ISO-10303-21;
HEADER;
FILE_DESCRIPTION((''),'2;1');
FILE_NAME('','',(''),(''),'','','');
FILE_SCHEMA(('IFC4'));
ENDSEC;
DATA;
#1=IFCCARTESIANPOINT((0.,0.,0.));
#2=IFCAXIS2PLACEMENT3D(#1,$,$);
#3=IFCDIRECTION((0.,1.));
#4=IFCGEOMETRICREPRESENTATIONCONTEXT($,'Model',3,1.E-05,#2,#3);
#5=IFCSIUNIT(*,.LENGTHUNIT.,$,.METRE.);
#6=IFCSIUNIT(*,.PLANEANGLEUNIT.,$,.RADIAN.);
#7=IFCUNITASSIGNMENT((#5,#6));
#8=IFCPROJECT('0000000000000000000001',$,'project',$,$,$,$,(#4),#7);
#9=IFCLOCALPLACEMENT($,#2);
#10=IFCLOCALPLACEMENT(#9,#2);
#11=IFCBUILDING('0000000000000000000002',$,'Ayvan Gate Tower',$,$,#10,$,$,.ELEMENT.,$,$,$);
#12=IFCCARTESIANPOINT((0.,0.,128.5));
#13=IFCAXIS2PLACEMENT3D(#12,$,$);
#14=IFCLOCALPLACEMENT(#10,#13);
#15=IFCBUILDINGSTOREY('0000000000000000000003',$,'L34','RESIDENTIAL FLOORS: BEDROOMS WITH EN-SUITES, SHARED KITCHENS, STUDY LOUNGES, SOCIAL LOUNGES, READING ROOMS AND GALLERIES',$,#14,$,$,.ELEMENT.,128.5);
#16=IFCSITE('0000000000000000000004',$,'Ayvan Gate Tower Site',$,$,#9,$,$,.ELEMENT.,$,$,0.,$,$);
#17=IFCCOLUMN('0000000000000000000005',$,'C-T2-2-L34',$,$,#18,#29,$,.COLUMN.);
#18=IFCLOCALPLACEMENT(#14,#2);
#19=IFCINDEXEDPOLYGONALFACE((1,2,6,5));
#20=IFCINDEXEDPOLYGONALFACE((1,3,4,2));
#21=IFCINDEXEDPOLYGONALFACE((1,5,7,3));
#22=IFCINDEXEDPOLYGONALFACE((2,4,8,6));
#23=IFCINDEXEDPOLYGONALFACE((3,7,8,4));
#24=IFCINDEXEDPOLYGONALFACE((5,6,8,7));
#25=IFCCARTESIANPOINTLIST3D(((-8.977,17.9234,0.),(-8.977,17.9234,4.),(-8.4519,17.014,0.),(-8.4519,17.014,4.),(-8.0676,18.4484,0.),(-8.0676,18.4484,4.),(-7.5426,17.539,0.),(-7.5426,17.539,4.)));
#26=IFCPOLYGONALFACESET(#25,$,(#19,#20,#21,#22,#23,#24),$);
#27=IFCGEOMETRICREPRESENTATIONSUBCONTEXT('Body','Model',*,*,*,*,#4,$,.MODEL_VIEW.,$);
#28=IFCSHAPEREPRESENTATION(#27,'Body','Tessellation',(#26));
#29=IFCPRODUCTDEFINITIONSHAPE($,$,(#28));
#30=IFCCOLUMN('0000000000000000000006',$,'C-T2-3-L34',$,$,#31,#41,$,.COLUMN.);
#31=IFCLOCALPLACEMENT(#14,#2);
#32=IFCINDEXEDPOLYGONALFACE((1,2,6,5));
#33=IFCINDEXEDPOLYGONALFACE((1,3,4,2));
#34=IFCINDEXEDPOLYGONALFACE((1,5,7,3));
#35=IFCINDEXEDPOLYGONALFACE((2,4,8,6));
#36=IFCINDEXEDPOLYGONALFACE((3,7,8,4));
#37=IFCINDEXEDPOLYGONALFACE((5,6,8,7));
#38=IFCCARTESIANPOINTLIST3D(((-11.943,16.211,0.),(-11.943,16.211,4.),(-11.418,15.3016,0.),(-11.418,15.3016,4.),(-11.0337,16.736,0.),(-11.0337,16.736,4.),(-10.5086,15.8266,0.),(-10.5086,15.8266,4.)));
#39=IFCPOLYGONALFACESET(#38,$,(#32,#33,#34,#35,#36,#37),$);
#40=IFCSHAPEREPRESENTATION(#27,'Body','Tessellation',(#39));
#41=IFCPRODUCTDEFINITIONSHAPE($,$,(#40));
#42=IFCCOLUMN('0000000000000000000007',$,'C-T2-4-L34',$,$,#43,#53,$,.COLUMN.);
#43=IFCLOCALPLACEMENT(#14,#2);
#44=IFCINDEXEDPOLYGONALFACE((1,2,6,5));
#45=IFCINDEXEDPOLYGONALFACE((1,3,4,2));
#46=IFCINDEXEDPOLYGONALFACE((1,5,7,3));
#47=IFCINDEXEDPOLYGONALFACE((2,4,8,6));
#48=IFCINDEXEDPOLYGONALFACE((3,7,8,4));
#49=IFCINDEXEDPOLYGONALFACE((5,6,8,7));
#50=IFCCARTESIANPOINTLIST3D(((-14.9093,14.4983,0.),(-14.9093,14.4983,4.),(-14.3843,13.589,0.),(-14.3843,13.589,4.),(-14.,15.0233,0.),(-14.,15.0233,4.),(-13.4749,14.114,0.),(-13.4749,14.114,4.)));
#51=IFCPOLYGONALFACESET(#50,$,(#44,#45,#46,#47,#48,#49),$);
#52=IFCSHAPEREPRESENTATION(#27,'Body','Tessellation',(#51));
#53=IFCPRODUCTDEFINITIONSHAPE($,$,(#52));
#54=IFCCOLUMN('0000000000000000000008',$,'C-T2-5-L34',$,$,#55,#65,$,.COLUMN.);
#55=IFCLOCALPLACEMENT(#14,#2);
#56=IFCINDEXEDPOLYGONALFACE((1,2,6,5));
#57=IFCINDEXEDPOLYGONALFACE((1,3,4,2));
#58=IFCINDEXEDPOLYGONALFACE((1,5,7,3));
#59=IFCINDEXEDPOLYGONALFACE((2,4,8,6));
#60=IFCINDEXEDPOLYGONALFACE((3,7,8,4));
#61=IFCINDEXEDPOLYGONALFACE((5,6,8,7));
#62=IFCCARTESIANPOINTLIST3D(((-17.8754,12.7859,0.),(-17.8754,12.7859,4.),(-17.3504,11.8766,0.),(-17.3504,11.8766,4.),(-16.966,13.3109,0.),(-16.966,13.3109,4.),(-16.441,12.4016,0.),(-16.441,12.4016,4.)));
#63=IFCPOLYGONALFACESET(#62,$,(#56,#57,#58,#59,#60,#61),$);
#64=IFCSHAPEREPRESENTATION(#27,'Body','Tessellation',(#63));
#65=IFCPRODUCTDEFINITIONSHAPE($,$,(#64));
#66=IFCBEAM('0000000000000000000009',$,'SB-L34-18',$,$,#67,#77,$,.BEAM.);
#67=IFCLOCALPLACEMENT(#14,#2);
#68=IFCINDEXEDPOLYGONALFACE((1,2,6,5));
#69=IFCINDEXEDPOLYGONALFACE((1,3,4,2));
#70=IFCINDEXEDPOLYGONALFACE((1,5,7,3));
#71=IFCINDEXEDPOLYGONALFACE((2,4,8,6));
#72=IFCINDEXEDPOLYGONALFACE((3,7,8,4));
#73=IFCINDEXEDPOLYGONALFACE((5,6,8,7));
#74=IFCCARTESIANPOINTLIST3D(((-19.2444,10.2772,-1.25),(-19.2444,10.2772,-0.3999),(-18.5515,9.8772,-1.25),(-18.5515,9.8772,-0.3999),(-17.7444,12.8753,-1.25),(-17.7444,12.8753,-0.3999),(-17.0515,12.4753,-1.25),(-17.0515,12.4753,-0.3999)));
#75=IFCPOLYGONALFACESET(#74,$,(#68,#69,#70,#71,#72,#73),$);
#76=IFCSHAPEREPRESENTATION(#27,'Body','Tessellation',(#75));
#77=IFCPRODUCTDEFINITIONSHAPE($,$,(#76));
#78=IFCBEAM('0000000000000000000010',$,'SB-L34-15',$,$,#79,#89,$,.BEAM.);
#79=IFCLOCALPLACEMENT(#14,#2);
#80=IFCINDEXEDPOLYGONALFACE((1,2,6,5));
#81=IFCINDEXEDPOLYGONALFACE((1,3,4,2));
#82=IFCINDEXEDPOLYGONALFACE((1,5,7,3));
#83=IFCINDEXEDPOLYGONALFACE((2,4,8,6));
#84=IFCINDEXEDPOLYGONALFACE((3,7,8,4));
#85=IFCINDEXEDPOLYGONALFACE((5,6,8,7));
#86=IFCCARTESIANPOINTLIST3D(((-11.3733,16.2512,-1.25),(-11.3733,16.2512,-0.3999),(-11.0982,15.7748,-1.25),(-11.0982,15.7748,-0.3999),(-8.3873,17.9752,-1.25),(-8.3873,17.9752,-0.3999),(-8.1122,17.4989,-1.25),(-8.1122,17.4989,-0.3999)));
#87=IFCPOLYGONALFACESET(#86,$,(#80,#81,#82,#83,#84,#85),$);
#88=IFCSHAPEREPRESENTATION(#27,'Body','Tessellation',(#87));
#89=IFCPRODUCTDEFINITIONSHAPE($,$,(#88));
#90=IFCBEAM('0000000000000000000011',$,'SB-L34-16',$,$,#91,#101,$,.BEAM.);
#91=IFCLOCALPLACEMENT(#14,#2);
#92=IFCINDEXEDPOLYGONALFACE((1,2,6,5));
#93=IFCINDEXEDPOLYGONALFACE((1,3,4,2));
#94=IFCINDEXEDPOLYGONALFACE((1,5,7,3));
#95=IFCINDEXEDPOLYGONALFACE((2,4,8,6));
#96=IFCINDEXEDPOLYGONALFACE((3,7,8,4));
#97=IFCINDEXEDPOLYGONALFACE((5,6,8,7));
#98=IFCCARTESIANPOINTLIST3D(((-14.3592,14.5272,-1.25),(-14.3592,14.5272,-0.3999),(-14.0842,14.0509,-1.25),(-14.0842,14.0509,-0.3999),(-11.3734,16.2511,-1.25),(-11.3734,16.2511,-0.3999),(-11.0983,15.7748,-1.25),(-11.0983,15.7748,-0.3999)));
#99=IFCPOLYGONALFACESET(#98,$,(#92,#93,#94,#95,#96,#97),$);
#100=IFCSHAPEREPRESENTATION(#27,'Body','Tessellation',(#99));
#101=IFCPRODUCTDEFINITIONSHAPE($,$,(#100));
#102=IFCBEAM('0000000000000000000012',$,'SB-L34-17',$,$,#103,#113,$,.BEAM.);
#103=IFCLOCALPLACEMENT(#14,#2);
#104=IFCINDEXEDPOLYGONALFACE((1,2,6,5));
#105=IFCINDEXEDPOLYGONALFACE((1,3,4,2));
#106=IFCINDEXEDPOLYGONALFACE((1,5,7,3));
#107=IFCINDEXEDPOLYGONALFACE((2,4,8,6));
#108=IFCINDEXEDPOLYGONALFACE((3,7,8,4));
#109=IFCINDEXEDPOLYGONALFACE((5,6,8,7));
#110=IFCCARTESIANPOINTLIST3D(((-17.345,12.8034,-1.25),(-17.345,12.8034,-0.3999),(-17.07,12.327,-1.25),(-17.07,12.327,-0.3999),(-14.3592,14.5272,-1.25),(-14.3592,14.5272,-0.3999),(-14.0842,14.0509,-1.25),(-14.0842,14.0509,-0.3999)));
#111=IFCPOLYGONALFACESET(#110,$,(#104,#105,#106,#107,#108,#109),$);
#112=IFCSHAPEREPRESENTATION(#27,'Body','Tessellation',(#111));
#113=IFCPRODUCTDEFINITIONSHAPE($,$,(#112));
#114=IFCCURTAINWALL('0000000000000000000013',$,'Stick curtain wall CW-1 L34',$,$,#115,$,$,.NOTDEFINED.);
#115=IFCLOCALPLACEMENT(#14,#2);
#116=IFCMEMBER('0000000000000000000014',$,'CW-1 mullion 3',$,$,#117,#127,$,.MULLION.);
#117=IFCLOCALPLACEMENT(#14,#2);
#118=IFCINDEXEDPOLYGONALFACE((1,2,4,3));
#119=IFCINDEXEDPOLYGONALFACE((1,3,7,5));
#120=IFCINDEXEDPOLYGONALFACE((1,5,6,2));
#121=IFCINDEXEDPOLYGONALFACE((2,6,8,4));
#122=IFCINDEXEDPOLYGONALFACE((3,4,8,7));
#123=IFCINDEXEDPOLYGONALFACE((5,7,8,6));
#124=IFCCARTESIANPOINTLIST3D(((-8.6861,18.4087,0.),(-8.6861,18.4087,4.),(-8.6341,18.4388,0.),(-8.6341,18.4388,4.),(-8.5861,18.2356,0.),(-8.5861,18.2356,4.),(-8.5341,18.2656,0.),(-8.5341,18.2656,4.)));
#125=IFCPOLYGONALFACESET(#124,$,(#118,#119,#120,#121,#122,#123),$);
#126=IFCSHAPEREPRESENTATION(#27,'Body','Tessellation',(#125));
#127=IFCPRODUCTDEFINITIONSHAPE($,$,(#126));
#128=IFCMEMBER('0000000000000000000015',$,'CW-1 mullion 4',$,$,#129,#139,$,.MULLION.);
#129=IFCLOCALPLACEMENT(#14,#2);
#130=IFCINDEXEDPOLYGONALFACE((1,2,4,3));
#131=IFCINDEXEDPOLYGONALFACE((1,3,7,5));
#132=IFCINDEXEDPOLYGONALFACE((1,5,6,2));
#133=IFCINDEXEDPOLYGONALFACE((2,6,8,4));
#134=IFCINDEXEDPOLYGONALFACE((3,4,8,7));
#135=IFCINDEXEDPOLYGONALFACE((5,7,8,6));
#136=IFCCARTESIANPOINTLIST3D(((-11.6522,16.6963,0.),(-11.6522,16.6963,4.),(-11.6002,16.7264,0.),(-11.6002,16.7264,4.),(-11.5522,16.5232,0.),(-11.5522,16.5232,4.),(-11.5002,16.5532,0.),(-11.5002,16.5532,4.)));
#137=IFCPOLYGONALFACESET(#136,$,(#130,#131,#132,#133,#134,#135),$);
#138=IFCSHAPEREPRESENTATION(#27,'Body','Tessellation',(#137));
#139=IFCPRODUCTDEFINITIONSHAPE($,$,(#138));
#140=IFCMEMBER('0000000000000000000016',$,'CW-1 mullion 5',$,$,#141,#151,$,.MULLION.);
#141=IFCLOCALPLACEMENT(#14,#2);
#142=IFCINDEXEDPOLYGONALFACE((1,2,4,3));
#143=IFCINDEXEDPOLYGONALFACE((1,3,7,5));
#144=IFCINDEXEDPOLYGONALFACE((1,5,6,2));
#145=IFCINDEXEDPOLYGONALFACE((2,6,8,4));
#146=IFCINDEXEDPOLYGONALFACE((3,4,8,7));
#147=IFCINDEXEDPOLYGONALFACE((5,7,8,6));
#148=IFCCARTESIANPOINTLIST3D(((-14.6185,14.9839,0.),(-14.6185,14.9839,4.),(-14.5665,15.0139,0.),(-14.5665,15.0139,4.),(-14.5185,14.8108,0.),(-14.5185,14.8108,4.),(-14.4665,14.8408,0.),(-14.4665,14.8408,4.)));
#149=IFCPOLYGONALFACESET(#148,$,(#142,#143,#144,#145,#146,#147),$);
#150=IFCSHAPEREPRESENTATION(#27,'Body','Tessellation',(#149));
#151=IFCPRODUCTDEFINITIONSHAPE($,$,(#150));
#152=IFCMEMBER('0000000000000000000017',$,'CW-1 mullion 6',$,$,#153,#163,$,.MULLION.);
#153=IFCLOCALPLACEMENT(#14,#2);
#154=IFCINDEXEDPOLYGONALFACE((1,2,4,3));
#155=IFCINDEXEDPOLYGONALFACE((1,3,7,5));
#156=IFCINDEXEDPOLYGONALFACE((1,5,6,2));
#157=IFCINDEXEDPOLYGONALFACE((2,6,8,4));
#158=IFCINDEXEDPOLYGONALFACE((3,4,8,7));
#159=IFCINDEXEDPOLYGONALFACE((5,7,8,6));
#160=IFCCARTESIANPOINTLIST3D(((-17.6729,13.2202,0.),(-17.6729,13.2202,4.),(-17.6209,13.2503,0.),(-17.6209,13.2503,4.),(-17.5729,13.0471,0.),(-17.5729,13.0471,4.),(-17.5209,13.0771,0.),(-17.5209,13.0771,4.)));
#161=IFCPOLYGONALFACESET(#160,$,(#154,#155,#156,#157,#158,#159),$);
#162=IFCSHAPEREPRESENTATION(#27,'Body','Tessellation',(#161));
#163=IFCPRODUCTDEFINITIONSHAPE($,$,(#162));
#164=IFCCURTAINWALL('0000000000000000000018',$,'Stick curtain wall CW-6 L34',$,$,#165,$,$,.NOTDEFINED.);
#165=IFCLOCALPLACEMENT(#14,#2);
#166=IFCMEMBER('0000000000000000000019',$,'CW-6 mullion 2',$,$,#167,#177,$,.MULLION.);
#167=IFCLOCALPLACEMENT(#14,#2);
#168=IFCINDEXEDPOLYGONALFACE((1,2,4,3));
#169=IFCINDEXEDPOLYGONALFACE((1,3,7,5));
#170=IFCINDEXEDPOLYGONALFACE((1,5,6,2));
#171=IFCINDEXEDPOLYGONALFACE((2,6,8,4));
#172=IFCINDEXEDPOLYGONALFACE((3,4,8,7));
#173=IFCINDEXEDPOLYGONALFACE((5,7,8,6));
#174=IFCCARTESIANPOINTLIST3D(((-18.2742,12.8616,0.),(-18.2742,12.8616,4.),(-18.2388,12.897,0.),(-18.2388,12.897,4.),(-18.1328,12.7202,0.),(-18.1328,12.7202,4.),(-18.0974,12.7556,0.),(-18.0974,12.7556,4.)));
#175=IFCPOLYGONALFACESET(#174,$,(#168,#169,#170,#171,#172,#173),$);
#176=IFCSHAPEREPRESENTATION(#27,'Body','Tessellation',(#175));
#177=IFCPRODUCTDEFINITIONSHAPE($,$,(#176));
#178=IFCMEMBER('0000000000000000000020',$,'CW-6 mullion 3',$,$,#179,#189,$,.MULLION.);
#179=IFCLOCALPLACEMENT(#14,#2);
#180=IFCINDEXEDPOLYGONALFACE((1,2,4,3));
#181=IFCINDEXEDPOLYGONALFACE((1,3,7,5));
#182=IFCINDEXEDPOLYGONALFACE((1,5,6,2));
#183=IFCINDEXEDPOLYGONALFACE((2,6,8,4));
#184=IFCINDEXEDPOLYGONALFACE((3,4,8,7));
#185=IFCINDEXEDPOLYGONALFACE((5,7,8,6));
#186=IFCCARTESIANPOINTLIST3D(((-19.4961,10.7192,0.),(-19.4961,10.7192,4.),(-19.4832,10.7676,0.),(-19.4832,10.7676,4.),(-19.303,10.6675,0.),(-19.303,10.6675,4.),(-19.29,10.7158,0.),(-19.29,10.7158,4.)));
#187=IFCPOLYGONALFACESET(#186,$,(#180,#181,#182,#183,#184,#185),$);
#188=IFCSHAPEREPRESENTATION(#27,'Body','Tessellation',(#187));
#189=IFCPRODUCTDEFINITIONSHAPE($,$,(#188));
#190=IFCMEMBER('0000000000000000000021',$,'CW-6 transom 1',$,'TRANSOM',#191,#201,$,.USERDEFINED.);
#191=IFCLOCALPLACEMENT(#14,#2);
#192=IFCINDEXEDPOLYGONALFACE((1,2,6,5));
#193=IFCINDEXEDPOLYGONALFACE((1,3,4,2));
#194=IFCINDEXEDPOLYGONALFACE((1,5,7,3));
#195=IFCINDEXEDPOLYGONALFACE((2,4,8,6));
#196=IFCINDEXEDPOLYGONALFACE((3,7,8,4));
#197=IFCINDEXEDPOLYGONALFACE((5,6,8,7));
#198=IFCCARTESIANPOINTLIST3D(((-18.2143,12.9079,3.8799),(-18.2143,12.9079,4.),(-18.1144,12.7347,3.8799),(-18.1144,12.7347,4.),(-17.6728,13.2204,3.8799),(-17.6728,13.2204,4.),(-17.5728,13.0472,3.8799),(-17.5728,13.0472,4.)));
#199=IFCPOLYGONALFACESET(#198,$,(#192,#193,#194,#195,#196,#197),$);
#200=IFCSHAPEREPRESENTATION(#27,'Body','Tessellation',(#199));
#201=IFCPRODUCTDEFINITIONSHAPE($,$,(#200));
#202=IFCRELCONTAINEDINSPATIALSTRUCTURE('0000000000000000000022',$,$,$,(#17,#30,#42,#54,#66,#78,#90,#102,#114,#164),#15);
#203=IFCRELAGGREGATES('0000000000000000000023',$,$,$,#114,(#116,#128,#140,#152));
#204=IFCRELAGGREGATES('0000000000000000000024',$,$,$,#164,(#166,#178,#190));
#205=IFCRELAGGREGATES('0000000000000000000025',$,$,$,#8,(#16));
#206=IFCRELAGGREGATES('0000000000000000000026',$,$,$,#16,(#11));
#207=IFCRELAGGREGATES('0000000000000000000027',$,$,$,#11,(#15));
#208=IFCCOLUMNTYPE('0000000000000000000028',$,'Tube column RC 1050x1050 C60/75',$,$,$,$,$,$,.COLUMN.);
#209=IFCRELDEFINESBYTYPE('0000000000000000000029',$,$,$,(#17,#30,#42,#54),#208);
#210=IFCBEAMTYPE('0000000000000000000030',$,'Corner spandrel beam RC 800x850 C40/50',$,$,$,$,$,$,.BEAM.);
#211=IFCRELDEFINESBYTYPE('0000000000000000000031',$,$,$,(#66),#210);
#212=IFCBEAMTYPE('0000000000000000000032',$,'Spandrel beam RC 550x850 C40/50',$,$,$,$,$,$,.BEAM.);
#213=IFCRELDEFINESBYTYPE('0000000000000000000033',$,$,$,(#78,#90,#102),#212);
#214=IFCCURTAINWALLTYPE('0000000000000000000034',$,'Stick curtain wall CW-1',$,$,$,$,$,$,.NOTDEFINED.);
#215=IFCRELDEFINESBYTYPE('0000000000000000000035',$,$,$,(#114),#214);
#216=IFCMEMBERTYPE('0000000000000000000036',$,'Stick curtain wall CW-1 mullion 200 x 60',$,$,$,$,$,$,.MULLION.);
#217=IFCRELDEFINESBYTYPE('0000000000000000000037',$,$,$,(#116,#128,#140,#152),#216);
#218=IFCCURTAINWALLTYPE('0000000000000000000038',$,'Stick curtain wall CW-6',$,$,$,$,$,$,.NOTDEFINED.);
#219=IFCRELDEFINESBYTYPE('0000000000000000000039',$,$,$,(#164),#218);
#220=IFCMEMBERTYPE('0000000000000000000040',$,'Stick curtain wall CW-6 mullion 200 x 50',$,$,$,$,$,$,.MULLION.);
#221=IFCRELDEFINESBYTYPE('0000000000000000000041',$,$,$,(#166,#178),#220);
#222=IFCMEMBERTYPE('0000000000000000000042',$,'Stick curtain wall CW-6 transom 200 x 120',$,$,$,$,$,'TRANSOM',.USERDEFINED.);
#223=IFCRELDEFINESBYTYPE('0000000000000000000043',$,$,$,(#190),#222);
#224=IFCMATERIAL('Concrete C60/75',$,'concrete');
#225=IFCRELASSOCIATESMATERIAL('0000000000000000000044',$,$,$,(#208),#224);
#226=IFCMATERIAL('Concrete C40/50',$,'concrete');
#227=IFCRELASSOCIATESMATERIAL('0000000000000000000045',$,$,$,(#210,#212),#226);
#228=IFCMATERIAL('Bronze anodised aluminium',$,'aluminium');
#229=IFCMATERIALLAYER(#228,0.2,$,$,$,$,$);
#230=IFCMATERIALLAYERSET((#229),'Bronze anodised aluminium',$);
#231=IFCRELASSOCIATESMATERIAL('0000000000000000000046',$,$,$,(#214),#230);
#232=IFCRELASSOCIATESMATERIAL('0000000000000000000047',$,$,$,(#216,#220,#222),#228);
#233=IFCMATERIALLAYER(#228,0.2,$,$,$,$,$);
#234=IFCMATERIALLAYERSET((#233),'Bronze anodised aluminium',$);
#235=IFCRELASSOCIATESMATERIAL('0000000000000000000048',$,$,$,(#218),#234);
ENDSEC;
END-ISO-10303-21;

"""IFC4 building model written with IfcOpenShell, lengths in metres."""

from ifc_helpers import new_model, si_unit, direction, frame, origin, origin_2d, place, context, subcontext, project, spatial, rectangle, extrude, material, layer, layer_set, material_profile, profile_set, type_object, element, aggregate, save


model = new_model("IFC4")

# Units and contexts
model_context = context("Model", 3, precision=1e-05, world=origin(), true_north=direction((0.0, 1.0)))
body_context = subcontext(model_context, "Body", "Model", "MODEL_VIEW")
ifc_project = project(units=[si_unit("LENGTHUNIT", "METRE"), si_unit("PLANEANGLEUNIT", "RADIAN")], contexts=[model_context])

# Site, building, storey
site_placement = place(None, origin())
site = spatial("IfcSite", under=ifc_project, at=site_placement, Name="Ayvan Gate Tower Site", CompositionType="ELEMENT", RefElevation=0.0)
building_placement = place(site_placement, origin())
building = spatial("IfcBuilding", under=site, at=building_placement, Name="Ayvan Gate Tower", CompositionType="ELEMENT")
storey_placement = place(building_placement, frame((0.0, 0.0, 128.5)))
storey = spatial("IfcBuildingStorey", under=building, at=storey_placement, Name="L34", Description="RESIDENTIAL FLOORS: BEDROOMS WITH EN-SUITES, SHARED KITCHENS, STUDY LOUNGES, SOCIAL LOUNGES, READING ROOMS AND GALLERIES", CompositionType="ELEMENT", Elevation=128.5)

# Columns
ifc_material_1 = material(Name="Concrete C60/75", Category="concrete")
ifc_material_profile_1 = material_profile(ifc_material_1, rectangle(XDim=1.05, YDim=1.05, at=origin_2d()), Name="RC 1050x1050")
ifc_profile_set_1 = profile_set([ifc_material_profile_1], Name="Concrete C60/75")
column_type = type_object("IfcColumnType", Name="Tube column RC 1050x1050 C60/75", PredefinedType="COLUMN", material=ifc_profile_set_1)
for number, where, z_axis, x_axis, name in (
    (1, (-8.2598, 17.7312, 0.0), (0.0, 0.0, 1.0), (-0.5, 0.866025, 0.0), "C-T2-2-L34"),
    (2, (-11.2258, 16.0188, 0.0), (0.0, 0.0, 1.0), (-0.5, 0.866025, 0.0), "C-T2-3-L34"),
    (3, (-14.1921, 14.3062, 0.0), (0.0, 0.0, 1.0), (-0.5, 0.866025, 0.0), "C-T2-4-L34"),
    (4, (-17.1582, 12.5938, 0.0), (0.0, 0.0, 1.0), (-0.5, 0.866025, 0.0), "C-T2-5-L34"),
):
    element("IfcColumn", number, at=place(storey_placement, frame(where, z_axis=z_axis, x_axis=x_axis)), inside=storey, type_object=column_type, Name=name, PredefinedType="COLUMN", context=body_context, shape_type="SweptSolid", body=[
        extrude(rectangle(XDim=1.05, YDim=1.05, at=origin_2d()), origin(), (0.0, 0.0, 1.0), 4.0),
    ])

# Beams
ifc_material_2 = material(Name="Concrete C40/50", Category="concrete")
ifc_material_profile_2 = material_profile(ifc_material_2, rectangle(XDim=0.8, YDim=0.8501, at=origin_2d()), Name="RC 800x850")
ifc_profile_set_2 = profile_set([ifc_material_profile_2], Name="Concrete C40/50")
beam_type_1 = type_object("IfcBeamType", Name="Corner spandrel beam RC 800x850 C40/50", PredefinedType="BEAM", material=ifc_profile_set_2)
beam_1_placement = place(storey_placement, frame((-17.3979, 12.6753, -0.825), z_axis=(-0.49999, -0.866031, 0.0), x_axis=(0.866031, -0.49999, 0.0)))
element("IfcBeam", 5, at=beam_1_placement, inside=storey, type_object=beam_type_1, Name="SB-L34-18", PredefinedType="BEAM", context=body_context, shape_type="SweptSolid", body=[
    extrude(rectangle(XDim=0.8, YDim=0.8501, at=origin_2d()), origin(), (0.0, 0.0, 1.0), 3.0),
])
ifc_material_profile_3 = material_profile(ifc_material_2, rectangle(XDim=0.55, YDim=0.8501, at=origin_2d()), Name="RC 550x850")
ifc_profile_set_3 = profile_set([ifc_material_profile_3], Name="Concrete C40/50")
beam_type_2 = type_object("IfcBeamType", Name="Spandrel beam RC 550x850 C40/50", PredefinedType="BEAM", material=ifc_profile_set_3)
beam_2_placement = place(storey_placement, frame((-8.2498, 17.7371, -0.825), z_axis=(-0.866012, -0.500023, 0.0), x_axis=(0.500023, -0.866012, 0.0)))
element("IfcBeam", 6, at=beam_2_placement, inside=storey, type_object=beam_type_2, Name="SB-L34-15", PredefinedType="BEAM", context=body_context, shape_type="SweptSolid", body=[
    extrude(rectangle(XDim=0.55, YDim=0.8501, at=origin_2d()), origin(), (0.0, 0.0, 1.0), 3.448),
])
for number, where, z_axis, x_axis, name in (
    (7, (-11.2358, 16.0129, -0.825), (-0.866025, -0.5, 0.0), (0.5, -0.866025, 0.0), "SB-L34-16"),
    (8, (-14.2217, 14.2891, -0.825), (-0.866025, -0.5, 0.0), (0.5, -0.866025, 0.0), "SB-L34-17"),
):
    element("IfcBeam", number, at=place(storey_placement, frame(where, z_axis=z_axis, x_axis=x_axis)), inside=storey, type_object=beam_type_2, Name=name, PredefinedType="BEAM", context=body_context, shape_type="SweptSolid", body=[
        extrude(rectangle(XDim=0.55, YDim=0.8501, at=origin_2d()), origin(), (0.0, 0.0, 1.0), 3.4478),
    ])

# Curtain walls, members
ifc_material_3 = material(Name="Bronze anodised aluminium", Category="aluminium")
ifc_layer_1 = layer(ifc_material_3, 0.2)
ifc_layer_set_1 = layer_set([ifc_layer_1], Name="Bronze anodised aluminium")
curtain_wall_type_1 = type_object("IfcCurtainWallType", Name="Stick curtain wall CW-1", PredefinedType="NOTDEFINED", material=ifc_layer_set_1)
curtain_wall_1_placement = place(storey_placement, origin())
curtain_wall_1 = element("IfcCurtainWall", 9, at=curtain_wall_1_placement, inside=storey, type_object=curtain_wall_type_1, Name="Stick curtain wall CW-1 L34", PredefinedType="NOTDEFINED")
ifc_material_profile_4 = material_profile(ifc_material_3, rectangle(XDim=0.2, YDim=0.0601, at=origin_2d()), Name="Stick curtain wall CW-1 mullion 200 x 60")
ifc_profile_set_4 = profile_set([ifc_material_profile_4], Name="Bronze anodised aluminium")
member_type_1 = type_object("IfcMemberType", Name="Stick curtain wall CW-1 mullion 200 x 60", PredefinedType="MULLION", material=ifc_profile_set_4)
member_1_placement = place(storey_placement, frame((-8.6101, 18.3372, 0.0), z_axis=(0.0, 0.0, 1.0), x_axis=(-0.5, 0.866025, 0.0)))
member_1 = element("IfcMember", 10, at=member_1_placement, type_object=member_type_1, Name="CW-1 mullion 3", PredefinedType="MULLION", context=body_context, shape_type="SweptSolid", body=[
    extrude(rectangle(XDim=0.2, YDim=0.0601, at=origin_2d()), origin(), (0.0, 0.0, 1.0), 4.0),
])
member_2_placement = place(storey_placement, frame((-11.5762, 16.6248, 0.0), z_axis=(0.0, 0.0, 1.0), x_axis=(-0.5, 0.866025, 0.0)))
member_2 = element("IfcMember", 11, at=member_2_placement, type_object=member_type_1, Name="CW-1 mullion 4", PredefinedType="MULLION", context=body_context, shape_type="SweptSolid", body=[
    extrude(rectangle(XDim=0.2, YDim=0.0601, at=origin_2d()), origin(), (0.0, 0.0, 1.0), 4.0),
])
member_3_placement = place(storey_placement, frame((-14.5425, 14.9124, 0.0), z_axis=(0.0, 0.0, 1.0), x_axis=(-0.5, 0.866025, 0.0)))
member_3 = element("IfcMember", 12, at=member_3_placement, type_object=member_type_1, Name="CW-1 mullion 5", PredefinedType="MULLION", context=body_context, shape_type="SweptSolid", body=[
    extrude(rectangle(XDim=0.2, YDim=0.0601, at=origin_2d()), origin(), (0.0, 0.0, 1.0), 4.0),
])
member_4_placement = place(storey_placement, frame((-17.5969, 13.1487, 0.0), z_axis=(0.0, 0.0, 1.0), x_axis=(-0.5, 0.866025, 0.0)))
member_4 = element("IfcMember", 13, at=member_4_placement, type_object=member_type_1, Name="CW-1 mullion 6", PredefinedType="MULLION", context=body_context, shape_type="SweptSolid", body=[
    extrude(rectangle(XDim=0.2, YDim=0.0601, at=origin_2d()), origin(), (0.0, 0.0, 1.0), 4.0),
])
ifc_layer_2 = layer(ifc_material_3, 0.2)
ifc_layer_set_2 = layer_set([ifc_layer_2], Name="Bronze anodised aluminium")
curtain_wall_type_2 = type_object("IfcCurtainWallType", Name="Stick curtain wall CW-6", PredefinedType="NOTDEFINED", material=ifc_layer_set_2)
curtain_wall_2_placement = place(storey_placement, origin())
curtain_wall_2 = element("IfcCurtainWall", 14, at=curtain_wall_2_placement, inside=storey, type_object=curtain_wall_type_2, Name="Stick curtain wall CW-6 L34", PredefinedType="NOTDEFINED")
ifc_material_profile_5 = material_profile(ifc_material_3, rectangle(XDim=0.2, YDim=0.05, at=origin_2d()), Name="Stick curtain wall CW-6 mullion 200 x 50")
ifc_profile_set_5 = profile_set([ifc_material_profile_5], Name="Bronze anodised aluminium")
member_type_2 = type_object("IfcMemberType", Name="Stick curtain wall CW-6 mullion 200 x 50", PredefinedType="MULLION", material=ifc_profile_set_5)
member_5_placement = place(storey_placement, frame((-18.1858, 12.8086, 0.0), z_axis=(0.0, 0.0, 1.0), x_axis=(-0.707107, 0.707107, 0.0)))
member_5 = element("IfcMember", 15, at=member_5_placement, type_object=member_type_2, Name="CW-6 mullion 2", PredefinedType="MULLION", context=body_context, shape_type="SweptSolid", body=[
    extrude(rectangle(XDim=0.2, YDim=0.05, at=origin_2d()), origin(), (0.0, 0.0, 1.0), 4.0),
])
member_6_placement = place(storey_placement, frame((-19.3931, 10.7175, 0.0), z_axis=(0.0, 0.0, 1.0), x_axis=(-0.965926, 0.258819, 0.0)))
member_6 = element("IfcMember", 16, at=member_6_placement, type_object=member_type_2, Name="CW-6 mullion 3", PredefinedType="MULLION", context=body_context, shape_type="SweptSolid", body=[
    extrude(rectangle(XDim=0.2, YDim=0.05, at=origin_2d()), origin(), (0.0, 0.0, 1.0), 4.0),
])
ifc_material_profile_6 = material_profile(ifc_material_3, rectangle(XDim=0.2, YDim=0.1201, at=origin_2d()), Name="Stick curtain wall CW-6 transom 200 x 120")
ifc_profile_set_6 = profile_set([ifc_material_profile_6], Name="Bronze anodised aluminium")
member_type_3 = type_object("IfcMemberType", Name="Stick curtain wall CW-6 transom 200 x 120", ElementType="TRANSOM", PredefinedType="USERDEFINED", material=ifc_profile_set_6)
member_7_placement = place(storey_placement, frame((-17.6228, 13.1338, 3.9399), z_axis=(-0.866121, -0.499835, 0.0), x_axis=(0.499835, -0.866121, 0.0)))
member_7 = element("IfcMember", 17, at=member_7_placement, type_object=member_type_3, Name="CW-6 transom 1", ObjectType="TRANSOM", PredefinedType="USERDEFINED", context=body_context, shape_type="SweptSolid", body=[
    extrude(rectangle(XDim=0.2, YDim=0.1201, at=origin_2d()), origin(), (0.0, 0.0, 1.0), 0.6252),
])

aggregate(curtain_wall_1, [member_1, member_2, member_3, member_4])
aggregate(curtain_wall_2, [member_5, member_6, member_7])

save(model, "model.ifc")
